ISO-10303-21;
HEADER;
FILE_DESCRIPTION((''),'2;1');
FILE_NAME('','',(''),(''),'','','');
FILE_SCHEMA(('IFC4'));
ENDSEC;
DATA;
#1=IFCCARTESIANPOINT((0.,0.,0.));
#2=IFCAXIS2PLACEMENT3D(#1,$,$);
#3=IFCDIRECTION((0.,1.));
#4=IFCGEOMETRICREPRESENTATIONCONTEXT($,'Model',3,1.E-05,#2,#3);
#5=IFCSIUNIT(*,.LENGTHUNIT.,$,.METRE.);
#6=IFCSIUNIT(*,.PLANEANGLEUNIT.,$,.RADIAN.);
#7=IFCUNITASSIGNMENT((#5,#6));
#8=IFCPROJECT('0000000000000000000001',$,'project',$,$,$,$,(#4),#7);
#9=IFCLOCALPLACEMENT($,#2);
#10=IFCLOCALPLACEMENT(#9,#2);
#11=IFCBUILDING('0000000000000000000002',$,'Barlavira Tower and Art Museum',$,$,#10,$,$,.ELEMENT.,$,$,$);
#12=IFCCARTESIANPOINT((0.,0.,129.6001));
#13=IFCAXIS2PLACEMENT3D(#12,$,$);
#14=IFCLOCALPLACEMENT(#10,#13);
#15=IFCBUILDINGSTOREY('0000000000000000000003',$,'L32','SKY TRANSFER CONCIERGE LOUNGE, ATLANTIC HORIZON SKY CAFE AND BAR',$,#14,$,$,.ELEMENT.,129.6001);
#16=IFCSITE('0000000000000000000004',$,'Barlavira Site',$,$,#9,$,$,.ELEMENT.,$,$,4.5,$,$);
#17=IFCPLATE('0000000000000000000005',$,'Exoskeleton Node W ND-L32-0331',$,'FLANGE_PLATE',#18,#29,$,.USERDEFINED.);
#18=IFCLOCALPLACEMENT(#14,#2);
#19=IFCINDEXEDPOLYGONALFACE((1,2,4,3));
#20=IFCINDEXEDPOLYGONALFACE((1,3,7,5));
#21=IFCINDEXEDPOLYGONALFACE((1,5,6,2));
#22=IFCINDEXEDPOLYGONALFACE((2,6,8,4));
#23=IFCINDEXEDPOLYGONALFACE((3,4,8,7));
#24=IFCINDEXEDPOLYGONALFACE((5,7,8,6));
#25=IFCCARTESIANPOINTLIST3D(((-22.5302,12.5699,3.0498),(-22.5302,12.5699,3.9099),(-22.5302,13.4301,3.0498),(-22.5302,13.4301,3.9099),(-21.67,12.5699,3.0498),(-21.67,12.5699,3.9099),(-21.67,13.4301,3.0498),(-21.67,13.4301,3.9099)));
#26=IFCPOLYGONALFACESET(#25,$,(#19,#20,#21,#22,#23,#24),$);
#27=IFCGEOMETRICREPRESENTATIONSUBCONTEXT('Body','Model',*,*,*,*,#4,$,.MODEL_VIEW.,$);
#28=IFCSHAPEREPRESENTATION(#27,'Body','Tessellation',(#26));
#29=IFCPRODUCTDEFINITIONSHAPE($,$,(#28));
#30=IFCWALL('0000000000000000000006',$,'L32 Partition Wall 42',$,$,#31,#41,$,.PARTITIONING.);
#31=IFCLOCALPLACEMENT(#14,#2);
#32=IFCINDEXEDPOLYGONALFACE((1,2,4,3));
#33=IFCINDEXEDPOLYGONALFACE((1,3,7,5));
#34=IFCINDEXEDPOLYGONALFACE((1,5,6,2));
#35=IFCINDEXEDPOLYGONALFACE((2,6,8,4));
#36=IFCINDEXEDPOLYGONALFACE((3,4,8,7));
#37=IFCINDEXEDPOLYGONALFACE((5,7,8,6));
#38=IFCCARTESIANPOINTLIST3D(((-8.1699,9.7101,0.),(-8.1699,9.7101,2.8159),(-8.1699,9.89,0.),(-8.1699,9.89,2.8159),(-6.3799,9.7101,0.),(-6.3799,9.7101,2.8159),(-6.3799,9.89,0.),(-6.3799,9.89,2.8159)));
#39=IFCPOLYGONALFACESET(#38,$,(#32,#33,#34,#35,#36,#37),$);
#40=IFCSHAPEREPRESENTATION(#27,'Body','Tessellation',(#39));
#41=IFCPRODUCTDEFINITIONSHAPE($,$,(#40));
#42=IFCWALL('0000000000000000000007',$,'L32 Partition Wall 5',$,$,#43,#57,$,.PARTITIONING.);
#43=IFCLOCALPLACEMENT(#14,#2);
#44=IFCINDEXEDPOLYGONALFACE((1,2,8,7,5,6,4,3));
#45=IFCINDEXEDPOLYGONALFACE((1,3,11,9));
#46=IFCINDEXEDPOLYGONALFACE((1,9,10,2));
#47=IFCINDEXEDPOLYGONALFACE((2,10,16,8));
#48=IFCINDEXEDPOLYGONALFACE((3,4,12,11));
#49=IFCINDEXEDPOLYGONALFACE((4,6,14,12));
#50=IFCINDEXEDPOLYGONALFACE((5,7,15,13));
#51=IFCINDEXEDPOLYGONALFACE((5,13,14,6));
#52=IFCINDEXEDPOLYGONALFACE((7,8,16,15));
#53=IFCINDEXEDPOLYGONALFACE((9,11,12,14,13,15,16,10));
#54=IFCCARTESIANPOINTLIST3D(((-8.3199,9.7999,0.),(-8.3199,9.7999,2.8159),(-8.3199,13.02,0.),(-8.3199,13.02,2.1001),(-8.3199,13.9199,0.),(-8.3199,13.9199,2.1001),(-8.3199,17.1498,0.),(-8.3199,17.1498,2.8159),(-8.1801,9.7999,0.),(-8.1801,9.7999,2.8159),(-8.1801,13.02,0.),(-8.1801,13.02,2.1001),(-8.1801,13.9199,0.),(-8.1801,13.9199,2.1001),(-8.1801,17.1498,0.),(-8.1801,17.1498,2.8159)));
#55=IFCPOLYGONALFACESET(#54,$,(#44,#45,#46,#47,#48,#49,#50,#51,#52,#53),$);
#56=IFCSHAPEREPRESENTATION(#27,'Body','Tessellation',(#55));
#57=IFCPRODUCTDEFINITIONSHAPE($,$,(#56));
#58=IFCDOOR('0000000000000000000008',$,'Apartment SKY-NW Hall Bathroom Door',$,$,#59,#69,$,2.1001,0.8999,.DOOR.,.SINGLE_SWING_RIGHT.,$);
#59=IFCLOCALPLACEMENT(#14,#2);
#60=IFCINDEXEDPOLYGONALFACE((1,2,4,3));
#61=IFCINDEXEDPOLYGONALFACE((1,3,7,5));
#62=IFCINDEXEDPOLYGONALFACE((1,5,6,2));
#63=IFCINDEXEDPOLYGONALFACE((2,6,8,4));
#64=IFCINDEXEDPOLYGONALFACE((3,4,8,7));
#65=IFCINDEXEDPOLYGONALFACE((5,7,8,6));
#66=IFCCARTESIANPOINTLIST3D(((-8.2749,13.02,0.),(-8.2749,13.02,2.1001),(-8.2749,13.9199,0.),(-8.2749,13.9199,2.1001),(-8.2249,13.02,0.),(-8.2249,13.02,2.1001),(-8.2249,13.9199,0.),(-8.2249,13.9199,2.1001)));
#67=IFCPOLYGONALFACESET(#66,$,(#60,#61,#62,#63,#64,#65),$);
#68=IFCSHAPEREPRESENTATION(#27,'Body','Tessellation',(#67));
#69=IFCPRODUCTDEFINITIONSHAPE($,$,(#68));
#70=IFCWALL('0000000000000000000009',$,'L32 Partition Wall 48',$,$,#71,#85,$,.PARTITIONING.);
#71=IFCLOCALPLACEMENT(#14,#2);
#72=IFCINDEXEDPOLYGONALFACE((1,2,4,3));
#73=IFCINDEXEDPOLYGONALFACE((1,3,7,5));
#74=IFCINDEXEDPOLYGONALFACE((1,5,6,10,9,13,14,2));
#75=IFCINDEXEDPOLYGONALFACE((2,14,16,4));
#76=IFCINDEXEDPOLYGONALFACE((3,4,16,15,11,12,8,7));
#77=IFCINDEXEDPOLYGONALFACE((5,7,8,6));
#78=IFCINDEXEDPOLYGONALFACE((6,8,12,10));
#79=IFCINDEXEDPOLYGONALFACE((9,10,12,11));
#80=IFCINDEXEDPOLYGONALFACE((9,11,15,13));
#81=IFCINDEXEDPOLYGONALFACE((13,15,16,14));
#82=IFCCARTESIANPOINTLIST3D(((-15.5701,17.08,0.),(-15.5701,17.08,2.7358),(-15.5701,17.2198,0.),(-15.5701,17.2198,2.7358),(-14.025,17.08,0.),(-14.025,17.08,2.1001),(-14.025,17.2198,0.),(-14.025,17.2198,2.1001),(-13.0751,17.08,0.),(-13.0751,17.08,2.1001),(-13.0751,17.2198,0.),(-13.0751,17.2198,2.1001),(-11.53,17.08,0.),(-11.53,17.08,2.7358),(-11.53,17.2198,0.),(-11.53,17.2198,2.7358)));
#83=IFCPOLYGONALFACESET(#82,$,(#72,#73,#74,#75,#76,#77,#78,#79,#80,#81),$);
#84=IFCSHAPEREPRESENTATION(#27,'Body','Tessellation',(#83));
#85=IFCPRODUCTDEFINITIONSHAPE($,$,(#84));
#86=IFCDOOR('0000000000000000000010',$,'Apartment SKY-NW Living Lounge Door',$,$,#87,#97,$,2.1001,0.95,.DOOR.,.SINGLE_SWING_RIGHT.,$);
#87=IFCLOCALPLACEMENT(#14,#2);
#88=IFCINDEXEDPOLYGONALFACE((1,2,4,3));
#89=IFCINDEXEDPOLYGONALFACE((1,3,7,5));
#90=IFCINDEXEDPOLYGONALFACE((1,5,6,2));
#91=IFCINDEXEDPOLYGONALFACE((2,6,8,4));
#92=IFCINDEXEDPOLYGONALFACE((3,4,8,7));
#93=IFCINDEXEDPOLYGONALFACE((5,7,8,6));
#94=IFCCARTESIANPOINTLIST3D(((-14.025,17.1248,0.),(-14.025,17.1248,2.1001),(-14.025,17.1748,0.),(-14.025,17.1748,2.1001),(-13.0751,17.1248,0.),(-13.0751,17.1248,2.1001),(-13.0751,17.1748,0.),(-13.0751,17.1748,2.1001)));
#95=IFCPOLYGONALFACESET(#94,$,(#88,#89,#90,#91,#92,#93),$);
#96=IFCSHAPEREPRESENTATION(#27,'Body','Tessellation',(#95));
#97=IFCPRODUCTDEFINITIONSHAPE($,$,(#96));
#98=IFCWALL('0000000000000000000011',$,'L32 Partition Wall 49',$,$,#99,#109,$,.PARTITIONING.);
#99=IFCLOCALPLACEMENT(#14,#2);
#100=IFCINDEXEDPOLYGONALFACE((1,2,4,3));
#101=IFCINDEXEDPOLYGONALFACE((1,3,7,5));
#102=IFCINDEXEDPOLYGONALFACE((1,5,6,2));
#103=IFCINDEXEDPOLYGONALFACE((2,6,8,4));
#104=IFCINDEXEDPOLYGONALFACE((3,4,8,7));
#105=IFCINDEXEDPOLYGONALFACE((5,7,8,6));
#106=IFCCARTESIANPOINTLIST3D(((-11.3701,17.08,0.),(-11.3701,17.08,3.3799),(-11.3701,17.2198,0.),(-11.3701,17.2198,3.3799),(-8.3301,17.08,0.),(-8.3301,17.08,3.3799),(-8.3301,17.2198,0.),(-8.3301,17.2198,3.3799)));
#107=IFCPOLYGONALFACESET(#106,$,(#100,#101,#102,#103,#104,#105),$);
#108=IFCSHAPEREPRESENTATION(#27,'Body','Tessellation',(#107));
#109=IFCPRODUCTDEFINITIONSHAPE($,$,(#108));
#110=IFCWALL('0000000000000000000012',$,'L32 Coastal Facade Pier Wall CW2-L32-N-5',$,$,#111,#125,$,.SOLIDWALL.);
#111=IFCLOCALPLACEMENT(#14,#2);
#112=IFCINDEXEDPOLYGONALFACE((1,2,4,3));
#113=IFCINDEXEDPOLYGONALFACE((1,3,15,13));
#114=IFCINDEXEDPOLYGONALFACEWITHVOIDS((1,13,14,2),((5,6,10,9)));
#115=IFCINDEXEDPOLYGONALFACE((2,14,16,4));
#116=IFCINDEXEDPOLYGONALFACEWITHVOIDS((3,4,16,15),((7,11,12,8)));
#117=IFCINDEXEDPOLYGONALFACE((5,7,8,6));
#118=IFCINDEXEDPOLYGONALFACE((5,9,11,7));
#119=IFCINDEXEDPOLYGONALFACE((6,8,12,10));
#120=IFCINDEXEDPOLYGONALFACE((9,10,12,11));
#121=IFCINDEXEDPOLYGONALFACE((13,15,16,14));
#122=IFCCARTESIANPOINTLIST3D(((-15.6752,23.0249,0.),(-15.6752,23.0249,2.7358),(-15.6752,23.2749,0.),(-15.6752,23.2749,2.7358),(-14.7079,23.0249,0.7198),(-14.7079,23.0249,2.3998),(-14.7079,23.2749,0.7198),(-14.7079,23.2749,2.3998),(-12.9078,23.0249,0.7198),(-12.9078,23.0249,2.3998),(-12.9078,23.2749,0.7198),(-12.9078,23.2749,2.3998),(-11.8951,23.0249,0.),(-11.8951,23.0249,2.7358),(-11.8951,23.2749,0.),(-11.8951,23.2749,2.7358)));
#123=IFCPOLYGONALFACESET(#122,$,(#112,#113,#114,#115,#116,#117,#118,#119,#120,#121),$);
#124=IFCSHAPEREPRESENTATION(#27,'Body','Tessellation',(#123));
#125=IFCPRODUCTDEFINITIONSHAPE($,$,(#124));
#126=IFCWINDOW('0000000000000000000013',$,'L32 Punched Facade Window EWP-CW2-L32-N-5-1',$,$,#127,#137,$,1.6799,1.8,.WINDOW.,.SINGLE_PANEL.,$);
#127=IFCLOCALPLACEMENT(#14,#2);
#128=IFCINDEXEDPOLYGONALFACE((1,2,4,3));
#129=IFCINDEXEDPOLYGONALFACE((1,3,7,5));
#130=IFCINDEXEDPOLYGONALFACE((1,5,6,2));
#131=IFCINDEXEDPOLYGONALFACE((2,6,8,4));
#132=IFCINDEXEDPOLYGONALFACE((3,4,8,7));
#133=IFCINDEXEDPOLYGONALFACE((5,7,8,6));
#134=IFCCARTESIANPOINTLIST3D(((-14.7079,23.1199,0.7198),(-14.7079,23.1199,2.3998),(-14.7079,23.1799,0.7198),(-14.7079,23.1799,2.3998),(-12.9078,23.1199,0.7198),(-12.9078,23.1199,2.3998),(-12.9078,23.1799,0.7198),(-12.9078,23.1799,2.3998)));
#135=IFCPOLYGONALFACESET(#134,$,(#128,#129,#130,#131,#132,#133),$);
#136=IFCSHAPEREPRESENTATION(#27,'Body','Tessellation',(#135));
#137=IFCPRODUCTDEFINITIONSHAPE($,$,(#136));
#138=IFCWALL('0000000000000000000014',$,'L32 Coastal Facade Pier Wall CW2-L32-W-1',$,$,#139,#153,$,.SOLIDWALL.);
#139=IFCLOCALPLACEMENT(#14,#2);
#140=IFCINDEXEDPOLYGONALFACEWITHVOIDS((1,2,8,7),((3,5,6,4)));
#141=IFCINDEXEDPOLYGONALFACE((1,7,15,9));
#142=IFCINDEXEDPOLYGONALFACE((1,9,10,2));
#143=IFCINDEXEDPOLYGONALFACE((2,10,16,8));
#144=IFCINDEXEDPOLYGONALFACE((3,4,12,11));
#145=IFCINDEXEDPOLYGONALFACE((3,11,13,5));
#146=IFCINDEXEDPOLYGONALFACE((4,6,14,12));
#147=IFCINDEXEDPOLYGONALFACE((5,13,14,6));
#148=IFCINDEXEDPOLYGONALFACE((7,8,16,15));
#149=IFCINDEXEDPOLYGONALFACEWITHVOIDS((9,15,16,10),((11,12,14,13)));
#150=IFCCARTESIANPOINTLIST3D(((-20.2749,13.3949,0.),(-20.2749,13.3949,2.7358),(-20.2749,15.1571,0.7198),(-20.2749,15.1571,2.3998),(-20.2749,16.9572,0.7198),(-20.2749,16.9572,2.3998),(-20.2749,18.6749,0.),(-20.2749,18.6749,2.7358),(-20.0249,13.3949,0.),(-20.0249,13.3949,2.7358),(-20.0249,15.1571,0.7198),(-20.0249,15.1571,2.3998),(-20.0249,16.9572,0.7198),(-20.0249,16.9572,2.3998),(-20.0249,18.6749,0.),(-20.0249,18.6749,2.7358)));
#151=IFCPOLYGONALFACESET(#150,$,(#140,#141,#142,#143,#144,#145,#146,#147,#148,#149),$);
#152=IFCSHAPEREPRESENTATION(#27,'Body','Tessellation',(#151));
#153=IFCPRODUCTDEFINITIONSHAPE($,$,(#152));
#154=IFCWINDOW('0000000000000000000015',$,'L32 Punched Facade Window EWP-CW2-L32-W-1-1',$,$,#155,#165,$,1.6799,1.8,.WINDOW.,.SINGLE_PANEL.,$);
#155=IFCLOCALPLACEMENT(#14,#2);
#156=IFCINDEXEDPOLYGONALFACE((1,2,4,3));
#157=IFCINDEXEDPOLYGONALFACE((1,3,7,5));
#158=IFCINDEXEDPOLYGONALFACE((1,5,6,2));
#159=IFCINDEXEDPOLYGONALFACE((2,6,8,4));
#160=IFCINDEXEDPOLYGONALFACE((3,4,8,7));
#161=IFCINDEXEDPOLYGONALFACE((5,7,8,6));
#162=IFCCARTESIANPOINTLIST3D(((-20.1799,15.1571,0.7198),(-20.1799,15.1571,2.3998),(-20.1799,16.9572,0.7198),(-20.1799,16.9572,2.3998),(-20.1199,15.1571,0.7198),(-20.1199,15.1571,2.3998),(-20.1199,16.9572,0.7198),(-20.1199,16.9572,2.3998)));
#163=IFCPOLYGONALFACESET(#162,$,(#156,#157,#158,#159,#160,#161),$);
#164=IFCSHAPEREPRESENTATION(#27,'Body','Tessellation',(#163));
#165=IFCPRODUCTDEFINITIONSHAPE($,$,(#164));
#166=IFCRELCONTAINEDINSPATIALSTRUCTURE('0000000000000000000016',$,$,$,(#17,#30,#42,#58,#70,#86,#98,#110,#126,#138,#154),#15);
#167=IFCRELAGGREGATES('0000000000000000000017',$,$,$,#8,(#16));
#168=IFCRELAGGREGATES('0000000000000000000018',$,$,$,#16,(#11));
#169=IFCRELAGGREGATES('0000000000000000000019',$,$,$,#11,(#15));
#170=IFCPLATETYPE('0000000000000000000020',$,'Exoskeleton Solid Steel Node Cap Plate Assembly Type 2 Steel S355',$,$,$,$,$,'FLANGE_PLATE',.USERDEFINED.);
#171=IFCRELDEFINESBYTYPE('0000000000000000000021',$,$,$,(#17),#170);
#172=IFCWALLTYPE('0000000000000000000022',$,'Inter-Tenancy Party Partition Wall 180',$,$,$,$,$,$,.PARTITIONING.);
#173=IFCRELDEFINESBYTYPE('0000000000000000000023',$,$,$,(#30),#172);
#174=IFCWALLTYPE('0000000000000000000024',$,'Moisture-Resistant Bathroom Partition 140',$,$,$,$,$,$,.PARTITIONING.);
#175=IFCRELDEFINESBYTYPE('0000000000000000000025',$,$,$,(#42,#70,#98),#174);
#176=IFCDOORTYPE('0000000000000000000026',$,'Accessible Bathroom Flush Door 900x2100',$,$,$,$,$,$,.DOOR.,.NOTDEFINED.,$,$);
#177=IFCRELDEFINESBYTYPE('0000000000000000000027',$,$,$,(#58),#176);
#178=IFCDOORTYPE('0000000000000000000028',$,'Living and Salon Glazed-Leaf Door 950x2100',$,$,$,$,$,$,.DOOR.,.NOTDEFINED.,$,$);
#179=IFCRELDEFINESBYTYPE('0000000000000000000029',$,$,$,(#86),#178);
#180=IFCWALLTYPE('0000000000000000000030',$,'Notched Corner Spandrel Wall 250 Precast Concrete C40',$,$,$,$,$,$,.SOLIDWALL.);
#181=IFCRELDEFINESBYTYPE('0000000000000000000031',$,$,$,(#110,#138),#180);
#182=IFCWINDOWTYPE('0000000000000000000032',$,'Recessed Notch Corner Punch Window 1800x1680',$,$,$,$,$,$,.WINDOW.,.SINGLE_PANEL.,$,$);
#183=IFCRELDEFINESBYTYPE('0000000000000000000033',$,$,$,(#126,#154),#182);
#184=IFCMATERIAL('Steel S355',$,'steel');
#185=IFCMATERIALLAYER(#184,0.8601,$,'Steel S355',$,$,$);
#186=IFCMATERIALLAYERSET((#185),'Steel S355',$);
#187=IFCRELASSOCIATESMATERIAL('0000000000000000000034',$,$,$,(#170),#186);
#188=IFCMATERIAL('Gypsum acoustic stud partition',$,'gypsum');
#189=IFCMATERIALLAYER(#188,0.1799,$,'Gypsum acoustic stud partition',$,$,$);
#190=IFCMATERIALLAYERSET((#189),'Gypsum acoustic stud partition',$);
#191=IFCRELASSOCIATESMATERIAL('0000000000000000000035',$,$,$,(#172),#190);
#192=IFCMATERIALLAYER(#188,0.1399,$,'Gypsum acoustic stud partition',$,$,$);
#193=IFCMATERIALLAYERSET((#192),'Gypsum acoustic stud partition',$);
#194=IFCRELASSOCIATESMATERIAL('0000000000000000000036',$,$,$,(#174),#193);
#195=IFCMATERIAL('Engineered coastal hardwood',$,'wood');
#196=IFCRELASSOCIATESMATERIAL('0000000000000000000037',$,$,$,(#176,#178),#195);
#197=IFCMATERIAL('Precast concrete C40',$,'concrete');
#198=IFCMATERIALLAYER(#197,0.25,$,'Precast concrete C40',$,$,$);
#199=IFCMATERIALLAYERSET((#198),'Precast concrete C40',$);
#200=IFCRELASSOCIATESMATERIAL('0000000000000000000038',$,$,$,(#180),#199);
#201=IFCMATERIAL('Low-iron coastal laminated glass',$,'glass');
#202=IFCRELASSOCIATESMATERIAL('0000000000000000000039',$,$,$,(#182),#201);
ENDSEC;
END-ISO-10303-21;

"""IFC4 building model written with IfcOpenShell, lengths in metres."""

from ifc_helpers import new_model, si_unit, direction, frame, frame_2d, origin, origin_2d, place, context, subcontext, project, spatial, rectangle, extrude, material, layer, layer_set, type_object, element, fill, save


model = new_model("IFC4")

# Units and contexts
model_context = context("Model", 3, precision=1e-05, world=origin(), true_north=direction((0.0, 1.0)))
body_context = subcontext(model_context, "Body", "Model", "MODEL_VIEW")
ifc_project = project(units=[si_unit("LENGTHUNIT", "METRE"), si_unit("PLANEANGLEUNIT", "RADIAN")], contexts=[model_context])

# Site, building, storey
site_placement = place(None, origin())
site = spatial("IfcSite", under=ifc_project, at=site_placement, Name="Barlavira Site", CompositionType="ELEMENT", RefElevation=4.5)
building_placement = place(site_placement, origin())
building = spatial("IfcBuilding", under=site, at=building_placement, Name="Barlavira Tower and Art Museum", CompositionType="ELEMENT")
storey_placement = place(building_placement, frame((0.0, 0.0, 129.6001)))
storey = spatial("IfcBuildingStorey", under=building, at=storey_placement, Name="L32", Description="SKY TRANSFER CONCIERGE LOUNGE, ATLANTIC HORIZON SKY CAFE AND BAR", CompositionType="ELEMENT", Elevation=129.6001)

# Shared definitions
ifc_material_1 = material(Name="Steel S355", Category="steel")

# Plate
ifc_layer_1 = layer(ifc_material_1, 0.8601, Name="Steel S355")
ifc_layer_set_1 = layer_set([ifc_layer_1], Name="Steel S355")
plate_type = type_object("IfcPlateType", Name="Exoskeleton Solid Steel Node Cap Plate Assembly Type 2 Steel S355", ElementType="FLANGE_PLATE", PredefinedType="USERDEFINED", material=ifc_layer_set_1)
for number, where, z_axis, x_axis, name in (
    (1, (-22.1001, 13.0, 3.0498), (0.0, 0.0, 1.0), (1.0, 0.0, 0.0), "Exoskeleton Node W ND-L32-0331"),
):
    element("IfcPlate", number, at=place(storey_placement, frame(where, z_axis=z_axis, x_axis=x_axis)), inside=storey, type_object=plate_type, Name=name, ObjectType="FLANGE_PLATE", PredefinedType="USERDEFINED", context=body_context, shape_type="SweptSolid", body=[
        extrude(rectangle(XDim=0.8601, YDim=0.8601, at=origin_2d()), origin(), (0.0, 0.0, 1.0), 0.8601),
    ])

# Wall
ifc_material_2 = material(Name="Gypsum acoustic stud partition", Category="gypsum")
ifc_layer_2 = layer(ifc_material_2, 0.1799, Name="Gypsum acoustic stud partition")
ifc_layer_set_2 = layer_set([ifc_layer_2], Name="Gypsum acoustic stud partition")
wall_type_1 = type_object("IfcWallType", Name="Inter-Tenancy Party Partition Wall 180", PredefinedType="PARTITIONING", material=ifc_layer_set_2)
wall_1_placement = place(storey_placement, frame((-8.1699, 9.8, 0.0), z_axis=(0.0, 0.0, 1.0), x_axis=(1.0, 0.0, 0.0)))
element("IfcWall", 2, at=wall_1_placement, inside=storey, type_object=wall_type_1, Name="L32 Partition Wall 42", PredefinedType="PARTITIONING", context=body_context, shape_type="SweptSolid", body=[
    extrude(rectangle(XDim=1.79, YDim=0.1799, at=frame_2d((0.895, 0.0))), origin(), (0.0, 0.0, 1.0), 2.8159),
])

# Walls, openings, doors
ifc_layer_3 = layer(ifc_material_2, 0.1399, Name="Gypsum acoustic stud partition")
ifc_layer_set_3 = layer_set([ifc_layer_3], Name="Gypsum acoustic stud partition")
wall_type_2 = type_object("IfcWallType", Name="Moisture-Resistant Bathroom Partition 140", PredefinedType="PARTITIONING", material=ifc_layer_set_3)
wall_2_placement = place(storey_placement, frame((-8.25, 9.8, 0.0), z_axis=(0.0, 0.0, 1.0), x_axis=(0.0, 1.0, 0.0)))
wall_2 = element("IfcWall", 3, at=wall_2_placement, inside=storey, type_object=wall_type_2, Name="L32 Partition Wall 5", PredefinedType="PARTITIONING", context=body_context, shape_type="SweptSolid", body=[
    extrude(rectangle(XDim=7.3499, YDim=0.1399, at=frame_2d((3.6748, 0.0))), origin(), (0.0, 0.0, 1.0), 2.8159),
])
opening_1_placement = place(wall_2_placement, frame((3.22, 0.0, 0.0)))
opening_1 = element("IfcOpeningElement", 4, at=opening_1_placement, cuts=wall_2, PredefinedType="OPENING", context=body_context, shape_type="SweptSolid", body=[
    extrude(rectangle(XDim=0.8999, YDim=2.1001, at=frame_2d((0.45, 1.05))), frame((0.0, 0.0801, 0.0), z_axis=(0.0, -1.0, 0.0), x_axis=(1.0, 0.0, 0.0)), (0.0, 0.0, 1.0), 0.1599),
])
ifc_material_3 = material(Name="Engineered coastal hardwood", Category="wood")
door_type_1 = type_object("IfcDoorType", Name="Accessible Bathroom Flush Door 900x2100", OperationType="NOTDEFINED", PredefinedType="DOOR", material=ifc_material_3)
door_1_placement = place(opening_1_placement, origin())
door_1 = element("IfcDoor", 5, at=door_1_placement, inside=storey, type_object=door_type_1, Name="Apartment SKY-NW Hall Bathroom Door", OperationType="SINGLE_SWING_RIGHT", OverallHeight=2.1001, OverallWidth=0.8999, PredefinedType="DOOR", context=body_context, shape_type="SweptSolid", body=[
    extrude(rectangle(XDim=0.8999, YDim=2.1001, at=frame_2d((0.45, 1.05))), frame((0.0, 0.0249, 0.0), z_axis=(0.0, -1.0, 0.0), x_axis=(1.0, 0.0, 0.0)), (0.0, 0.0, 1.0), 0.05),
])
fill(opening_1, door_1)
wall_3_placement = place(storey_placement, frame((-15.5701, 17.1499, 0.0), z_axis=(0.0, 0.0, 1.0), x_axis=(1.0, 0.0, 0.0)))
wall_3 = element("IfcWall", 6, at=wall_3_placement, inside=storey, type_object=wall_type_2, Name="L32 Partition Wall 48", PredefinedType="PARTITIONING", context=body_context, shape_type="SweptSolid", body=[
    extrude(rectangle(XDim=4.04, YDim=0.1399, at=frame_2d((2.02, 0.0))), origin(), (0.0, 0.0, 1.0), 2.7358),
])
opening_2_placement = place(wall_3_placement, frame((1.5449, 0.0, 0.0)))
opening_2 = element("IfcOpeningElement", 7, at=opening_2_placement, cuts=wall_3, PredefinedType="OPENING", context=body_context, shape_type="SweptSolid", body=[
    extrude(rectangle(XDim=0.95, YDim=2.1001, at=frame_2d((0.4751, 1.05))), frame((0.0, 0.0801, 0.0), z_axis=(0.0, -1.0, 0.0), x_axis=(1.0, 0.0, 0.0)), (0.0, 0.0, 1.0), 0.1599),
])
door_type_2 = type_object("IfcDoorType", Name="Living and Salon Glazed-Leaf Door 950x2100", OperationType="NOTDEFINED", PredefinedType="DOOR", material=ifc_material_3)
door_2_placement = place(opening_2_placement, origin())
door_2 = element("IfcDoor", 8, at=door_2_placement, inside=storey, type_object=door_type_2, Name="Apartment SKY-NW Living Lounge Door", OperationType="SINGLE_SWING_RIGHT", OverallHeight=2.1001, OverallWidth=0.95, PredefinedType="DOOR", context=body_context, shape_type="SweptSolid", body=[
    extrude(rectangle(XDim=0.95, YDim=2.1001, at=frame_2d((0.4751, 1.05))), frame((0.0, 0.0249, 0.0), z_axis=(0.0, -1.0, 0.0), x_axis=(1.0, 0.0, 0.0)), (0.0, 0.0, 1.0), 0.05),
])
fill(opening_2, door_2)

# Wall
wall_4_placement = place(storey_placement, frame((-11.3701, 17.1499, 0.0), z_axis=(0.0, 0.0, 1.0), x_axis=(1.0, 0.0, 0.0)))
element("IfcWall", 9, at=wall_4_placement, inside=storey, type_object=wall_type_2, Name="L32 Partition Wall 49", PredefinedType="PARTITIONING", context=body_context, shape_type="SweptSolid", body=[
    extrude(rectangle(XDim=3.04, YDim=0.1399, at=frame_2d((1.52, 0.0))), origin(), (0.0, 0.0, 1.0), 3.3799),
])

# Walls, openings, windows
ifc_material_4 = material(Name="Precast concrete C40", Category="concrete")
ifc_layer_4 = layer(ifc_material_4, 0.25, Name="Precast concrete C40")
ifc_layer_set_4 = layer_set([ifc_layer_4], Name="Precast concrete C40")
wall_type_3 = type_object("IfcWallType", Name="Notched Corner Spandrel Wall 250 Precast Concrete C40", PredefinedType="SOLIDWALL", material=ifc_layer_set_4)
wall_5_placement = place(storey_placement, frame((-11.895, 23.1499, 0.0), z_axis=(0.0, 0.0, 1.0), x_axis=(-1.0, 0.0, 0.0)))
wall_5 = element("IfcWall", 10, at=wall_5_placement, inside=storey, type_object=wall_type_3, Name="L32 Coastal Facade Pier Wall CW2-L32-N-5", PredefinedType="SOLIDWALL", context=body_context, shape_type="SweptSolid", body=[
    extrude(rectangle(XDim=3.78, YDim=0.25, at=frame_2d((1.8901, 0.0))), origin(), (0.0, 0.0, 1.0), 2.7358),
])
opening_3_placement = place(wall_5_placement, frame((1.0129, 0.0, 0.72)))
opening_3 = element("IfcOpeningElement", 11, at=opening_3_placement, cuts=wall_5, PredefinedType="OPENING", context=body_context, shape_type="SweptSolid", body=[
    extrude(rectangle(XDim=1.8, YDim=1.6799, at=frame_2d((0.8999, 0.8398))), frame((0.0, 0.135, 0.0), z_axis=(0.0, -1.0, 0.0), x_axis=(1.0, 0.0, 0.0)), (0.0, 0.0, 1.0), 0.27),
])
ifc_material_5 = material(Name="Low-iron coastal laminated glass", Category="glass")
window_type = type_object("IfcWindowType", Name="Recessed Notch Corner Punch Window 1800x1680", PartitioningType="SINGLE_PANEL", PredefinedType="WINDOW", material=ifc_material_5)
window_1_placement = place(opening_3_placement, origin())
window_1 = element("IfcWindow", 12, at=window_1_placement, inside=storey, type_object=window_type, Name="L32 Punched Facade Window EWP-CW2-L32-N-5-1", OverallHeight=1.6799, OverallWidth=1.8, PartitioningType="SINGLE_PANEL", PredefinedType="WINDOW", context=body_context, shape_type="SweptSolid", body=[
    extrude(rectangle(XDim=1.8, YDim=1.6799, at=frame_2d((0.8999, 0.8398))), frame((0.0, 0.03, 0.0), z_axis=(0.0, -1.0, 0.0), x_axis=(1.0, 0.0, 0.0)), (0.0, 0.0, 1.0), 0.0601),
])
fill(opening_3, window_1)
wall_6_placement = place(storey_placement, frame((-20.1499, 18.675, 0.0), z_axis=(0.0, 0.0, 1.0), x_axis=(0.0, -1.0, 0.0)))
wall_6 = element("IfcWall", 13, at=wall_6_placement, inside=storey, type_object=wall_type_3, Name="L32 Coastal Facade Pier Wall CW2-L32-W-1", PredefinedType="SOLIDWALL", context=body_context, shape_type="SweptSolid", body=[
    extrude(rectangle(XDim=5.28, YDim=0.25, at=frame_2d((2.6401, 0.0))), origin(), (0.0, 0.0, 1.0), 2.7358),
])
opening_4_placement = place(wall_6_placement, frame((1.718, 0.0, 0.72)))
opening_4 = element("IfcOpeningElement", 14, at=opening_4_placement, cuts=wall_6, PredefinedType="OPENING", context=body_context, shape_type="SweptSolid", body=[
    extrude(rectangle(XDim=1.8, YDim=1.6799, at=frame_2d((0.8999, 0.8398))), frame((0.0, 0.135, 0.0), z_axis=(0.0, -1.0, 0.0), x_axis=(1.0, 0.0, 0.0)), (0.0, 0.0, 1.0), 0.27),
])
window_2_placement = place(opening_4_placement, origin())
window_2 = element("IfcWindow", 15, at=window_2_placement, inside=storey, type_object=window_type, Name="L32 Punched Facade Window EWP-CW2-L32-W-1-1", OverallHeight=1.6799, OverallWidth=1.8, PartitioningType="SINGLE_PANEL", PredefinedType="WINDOW", context=body_context, shape_type="SweptSolid", body=[
    extrude(rectangle(XDim=1.8, YDim=1.6799, at=frame_2d((0.8999, 0.8398))), frame((0.0, 0.03, 0.0), z_axis=(0.0, -1.0, 0.0), x_axis=(1.0, 0.0, 0.0)), (0.0, 0.0, 1.0), 0.0601),
])
fill(opening_4, window_2)

save(model, "model.ifc")
